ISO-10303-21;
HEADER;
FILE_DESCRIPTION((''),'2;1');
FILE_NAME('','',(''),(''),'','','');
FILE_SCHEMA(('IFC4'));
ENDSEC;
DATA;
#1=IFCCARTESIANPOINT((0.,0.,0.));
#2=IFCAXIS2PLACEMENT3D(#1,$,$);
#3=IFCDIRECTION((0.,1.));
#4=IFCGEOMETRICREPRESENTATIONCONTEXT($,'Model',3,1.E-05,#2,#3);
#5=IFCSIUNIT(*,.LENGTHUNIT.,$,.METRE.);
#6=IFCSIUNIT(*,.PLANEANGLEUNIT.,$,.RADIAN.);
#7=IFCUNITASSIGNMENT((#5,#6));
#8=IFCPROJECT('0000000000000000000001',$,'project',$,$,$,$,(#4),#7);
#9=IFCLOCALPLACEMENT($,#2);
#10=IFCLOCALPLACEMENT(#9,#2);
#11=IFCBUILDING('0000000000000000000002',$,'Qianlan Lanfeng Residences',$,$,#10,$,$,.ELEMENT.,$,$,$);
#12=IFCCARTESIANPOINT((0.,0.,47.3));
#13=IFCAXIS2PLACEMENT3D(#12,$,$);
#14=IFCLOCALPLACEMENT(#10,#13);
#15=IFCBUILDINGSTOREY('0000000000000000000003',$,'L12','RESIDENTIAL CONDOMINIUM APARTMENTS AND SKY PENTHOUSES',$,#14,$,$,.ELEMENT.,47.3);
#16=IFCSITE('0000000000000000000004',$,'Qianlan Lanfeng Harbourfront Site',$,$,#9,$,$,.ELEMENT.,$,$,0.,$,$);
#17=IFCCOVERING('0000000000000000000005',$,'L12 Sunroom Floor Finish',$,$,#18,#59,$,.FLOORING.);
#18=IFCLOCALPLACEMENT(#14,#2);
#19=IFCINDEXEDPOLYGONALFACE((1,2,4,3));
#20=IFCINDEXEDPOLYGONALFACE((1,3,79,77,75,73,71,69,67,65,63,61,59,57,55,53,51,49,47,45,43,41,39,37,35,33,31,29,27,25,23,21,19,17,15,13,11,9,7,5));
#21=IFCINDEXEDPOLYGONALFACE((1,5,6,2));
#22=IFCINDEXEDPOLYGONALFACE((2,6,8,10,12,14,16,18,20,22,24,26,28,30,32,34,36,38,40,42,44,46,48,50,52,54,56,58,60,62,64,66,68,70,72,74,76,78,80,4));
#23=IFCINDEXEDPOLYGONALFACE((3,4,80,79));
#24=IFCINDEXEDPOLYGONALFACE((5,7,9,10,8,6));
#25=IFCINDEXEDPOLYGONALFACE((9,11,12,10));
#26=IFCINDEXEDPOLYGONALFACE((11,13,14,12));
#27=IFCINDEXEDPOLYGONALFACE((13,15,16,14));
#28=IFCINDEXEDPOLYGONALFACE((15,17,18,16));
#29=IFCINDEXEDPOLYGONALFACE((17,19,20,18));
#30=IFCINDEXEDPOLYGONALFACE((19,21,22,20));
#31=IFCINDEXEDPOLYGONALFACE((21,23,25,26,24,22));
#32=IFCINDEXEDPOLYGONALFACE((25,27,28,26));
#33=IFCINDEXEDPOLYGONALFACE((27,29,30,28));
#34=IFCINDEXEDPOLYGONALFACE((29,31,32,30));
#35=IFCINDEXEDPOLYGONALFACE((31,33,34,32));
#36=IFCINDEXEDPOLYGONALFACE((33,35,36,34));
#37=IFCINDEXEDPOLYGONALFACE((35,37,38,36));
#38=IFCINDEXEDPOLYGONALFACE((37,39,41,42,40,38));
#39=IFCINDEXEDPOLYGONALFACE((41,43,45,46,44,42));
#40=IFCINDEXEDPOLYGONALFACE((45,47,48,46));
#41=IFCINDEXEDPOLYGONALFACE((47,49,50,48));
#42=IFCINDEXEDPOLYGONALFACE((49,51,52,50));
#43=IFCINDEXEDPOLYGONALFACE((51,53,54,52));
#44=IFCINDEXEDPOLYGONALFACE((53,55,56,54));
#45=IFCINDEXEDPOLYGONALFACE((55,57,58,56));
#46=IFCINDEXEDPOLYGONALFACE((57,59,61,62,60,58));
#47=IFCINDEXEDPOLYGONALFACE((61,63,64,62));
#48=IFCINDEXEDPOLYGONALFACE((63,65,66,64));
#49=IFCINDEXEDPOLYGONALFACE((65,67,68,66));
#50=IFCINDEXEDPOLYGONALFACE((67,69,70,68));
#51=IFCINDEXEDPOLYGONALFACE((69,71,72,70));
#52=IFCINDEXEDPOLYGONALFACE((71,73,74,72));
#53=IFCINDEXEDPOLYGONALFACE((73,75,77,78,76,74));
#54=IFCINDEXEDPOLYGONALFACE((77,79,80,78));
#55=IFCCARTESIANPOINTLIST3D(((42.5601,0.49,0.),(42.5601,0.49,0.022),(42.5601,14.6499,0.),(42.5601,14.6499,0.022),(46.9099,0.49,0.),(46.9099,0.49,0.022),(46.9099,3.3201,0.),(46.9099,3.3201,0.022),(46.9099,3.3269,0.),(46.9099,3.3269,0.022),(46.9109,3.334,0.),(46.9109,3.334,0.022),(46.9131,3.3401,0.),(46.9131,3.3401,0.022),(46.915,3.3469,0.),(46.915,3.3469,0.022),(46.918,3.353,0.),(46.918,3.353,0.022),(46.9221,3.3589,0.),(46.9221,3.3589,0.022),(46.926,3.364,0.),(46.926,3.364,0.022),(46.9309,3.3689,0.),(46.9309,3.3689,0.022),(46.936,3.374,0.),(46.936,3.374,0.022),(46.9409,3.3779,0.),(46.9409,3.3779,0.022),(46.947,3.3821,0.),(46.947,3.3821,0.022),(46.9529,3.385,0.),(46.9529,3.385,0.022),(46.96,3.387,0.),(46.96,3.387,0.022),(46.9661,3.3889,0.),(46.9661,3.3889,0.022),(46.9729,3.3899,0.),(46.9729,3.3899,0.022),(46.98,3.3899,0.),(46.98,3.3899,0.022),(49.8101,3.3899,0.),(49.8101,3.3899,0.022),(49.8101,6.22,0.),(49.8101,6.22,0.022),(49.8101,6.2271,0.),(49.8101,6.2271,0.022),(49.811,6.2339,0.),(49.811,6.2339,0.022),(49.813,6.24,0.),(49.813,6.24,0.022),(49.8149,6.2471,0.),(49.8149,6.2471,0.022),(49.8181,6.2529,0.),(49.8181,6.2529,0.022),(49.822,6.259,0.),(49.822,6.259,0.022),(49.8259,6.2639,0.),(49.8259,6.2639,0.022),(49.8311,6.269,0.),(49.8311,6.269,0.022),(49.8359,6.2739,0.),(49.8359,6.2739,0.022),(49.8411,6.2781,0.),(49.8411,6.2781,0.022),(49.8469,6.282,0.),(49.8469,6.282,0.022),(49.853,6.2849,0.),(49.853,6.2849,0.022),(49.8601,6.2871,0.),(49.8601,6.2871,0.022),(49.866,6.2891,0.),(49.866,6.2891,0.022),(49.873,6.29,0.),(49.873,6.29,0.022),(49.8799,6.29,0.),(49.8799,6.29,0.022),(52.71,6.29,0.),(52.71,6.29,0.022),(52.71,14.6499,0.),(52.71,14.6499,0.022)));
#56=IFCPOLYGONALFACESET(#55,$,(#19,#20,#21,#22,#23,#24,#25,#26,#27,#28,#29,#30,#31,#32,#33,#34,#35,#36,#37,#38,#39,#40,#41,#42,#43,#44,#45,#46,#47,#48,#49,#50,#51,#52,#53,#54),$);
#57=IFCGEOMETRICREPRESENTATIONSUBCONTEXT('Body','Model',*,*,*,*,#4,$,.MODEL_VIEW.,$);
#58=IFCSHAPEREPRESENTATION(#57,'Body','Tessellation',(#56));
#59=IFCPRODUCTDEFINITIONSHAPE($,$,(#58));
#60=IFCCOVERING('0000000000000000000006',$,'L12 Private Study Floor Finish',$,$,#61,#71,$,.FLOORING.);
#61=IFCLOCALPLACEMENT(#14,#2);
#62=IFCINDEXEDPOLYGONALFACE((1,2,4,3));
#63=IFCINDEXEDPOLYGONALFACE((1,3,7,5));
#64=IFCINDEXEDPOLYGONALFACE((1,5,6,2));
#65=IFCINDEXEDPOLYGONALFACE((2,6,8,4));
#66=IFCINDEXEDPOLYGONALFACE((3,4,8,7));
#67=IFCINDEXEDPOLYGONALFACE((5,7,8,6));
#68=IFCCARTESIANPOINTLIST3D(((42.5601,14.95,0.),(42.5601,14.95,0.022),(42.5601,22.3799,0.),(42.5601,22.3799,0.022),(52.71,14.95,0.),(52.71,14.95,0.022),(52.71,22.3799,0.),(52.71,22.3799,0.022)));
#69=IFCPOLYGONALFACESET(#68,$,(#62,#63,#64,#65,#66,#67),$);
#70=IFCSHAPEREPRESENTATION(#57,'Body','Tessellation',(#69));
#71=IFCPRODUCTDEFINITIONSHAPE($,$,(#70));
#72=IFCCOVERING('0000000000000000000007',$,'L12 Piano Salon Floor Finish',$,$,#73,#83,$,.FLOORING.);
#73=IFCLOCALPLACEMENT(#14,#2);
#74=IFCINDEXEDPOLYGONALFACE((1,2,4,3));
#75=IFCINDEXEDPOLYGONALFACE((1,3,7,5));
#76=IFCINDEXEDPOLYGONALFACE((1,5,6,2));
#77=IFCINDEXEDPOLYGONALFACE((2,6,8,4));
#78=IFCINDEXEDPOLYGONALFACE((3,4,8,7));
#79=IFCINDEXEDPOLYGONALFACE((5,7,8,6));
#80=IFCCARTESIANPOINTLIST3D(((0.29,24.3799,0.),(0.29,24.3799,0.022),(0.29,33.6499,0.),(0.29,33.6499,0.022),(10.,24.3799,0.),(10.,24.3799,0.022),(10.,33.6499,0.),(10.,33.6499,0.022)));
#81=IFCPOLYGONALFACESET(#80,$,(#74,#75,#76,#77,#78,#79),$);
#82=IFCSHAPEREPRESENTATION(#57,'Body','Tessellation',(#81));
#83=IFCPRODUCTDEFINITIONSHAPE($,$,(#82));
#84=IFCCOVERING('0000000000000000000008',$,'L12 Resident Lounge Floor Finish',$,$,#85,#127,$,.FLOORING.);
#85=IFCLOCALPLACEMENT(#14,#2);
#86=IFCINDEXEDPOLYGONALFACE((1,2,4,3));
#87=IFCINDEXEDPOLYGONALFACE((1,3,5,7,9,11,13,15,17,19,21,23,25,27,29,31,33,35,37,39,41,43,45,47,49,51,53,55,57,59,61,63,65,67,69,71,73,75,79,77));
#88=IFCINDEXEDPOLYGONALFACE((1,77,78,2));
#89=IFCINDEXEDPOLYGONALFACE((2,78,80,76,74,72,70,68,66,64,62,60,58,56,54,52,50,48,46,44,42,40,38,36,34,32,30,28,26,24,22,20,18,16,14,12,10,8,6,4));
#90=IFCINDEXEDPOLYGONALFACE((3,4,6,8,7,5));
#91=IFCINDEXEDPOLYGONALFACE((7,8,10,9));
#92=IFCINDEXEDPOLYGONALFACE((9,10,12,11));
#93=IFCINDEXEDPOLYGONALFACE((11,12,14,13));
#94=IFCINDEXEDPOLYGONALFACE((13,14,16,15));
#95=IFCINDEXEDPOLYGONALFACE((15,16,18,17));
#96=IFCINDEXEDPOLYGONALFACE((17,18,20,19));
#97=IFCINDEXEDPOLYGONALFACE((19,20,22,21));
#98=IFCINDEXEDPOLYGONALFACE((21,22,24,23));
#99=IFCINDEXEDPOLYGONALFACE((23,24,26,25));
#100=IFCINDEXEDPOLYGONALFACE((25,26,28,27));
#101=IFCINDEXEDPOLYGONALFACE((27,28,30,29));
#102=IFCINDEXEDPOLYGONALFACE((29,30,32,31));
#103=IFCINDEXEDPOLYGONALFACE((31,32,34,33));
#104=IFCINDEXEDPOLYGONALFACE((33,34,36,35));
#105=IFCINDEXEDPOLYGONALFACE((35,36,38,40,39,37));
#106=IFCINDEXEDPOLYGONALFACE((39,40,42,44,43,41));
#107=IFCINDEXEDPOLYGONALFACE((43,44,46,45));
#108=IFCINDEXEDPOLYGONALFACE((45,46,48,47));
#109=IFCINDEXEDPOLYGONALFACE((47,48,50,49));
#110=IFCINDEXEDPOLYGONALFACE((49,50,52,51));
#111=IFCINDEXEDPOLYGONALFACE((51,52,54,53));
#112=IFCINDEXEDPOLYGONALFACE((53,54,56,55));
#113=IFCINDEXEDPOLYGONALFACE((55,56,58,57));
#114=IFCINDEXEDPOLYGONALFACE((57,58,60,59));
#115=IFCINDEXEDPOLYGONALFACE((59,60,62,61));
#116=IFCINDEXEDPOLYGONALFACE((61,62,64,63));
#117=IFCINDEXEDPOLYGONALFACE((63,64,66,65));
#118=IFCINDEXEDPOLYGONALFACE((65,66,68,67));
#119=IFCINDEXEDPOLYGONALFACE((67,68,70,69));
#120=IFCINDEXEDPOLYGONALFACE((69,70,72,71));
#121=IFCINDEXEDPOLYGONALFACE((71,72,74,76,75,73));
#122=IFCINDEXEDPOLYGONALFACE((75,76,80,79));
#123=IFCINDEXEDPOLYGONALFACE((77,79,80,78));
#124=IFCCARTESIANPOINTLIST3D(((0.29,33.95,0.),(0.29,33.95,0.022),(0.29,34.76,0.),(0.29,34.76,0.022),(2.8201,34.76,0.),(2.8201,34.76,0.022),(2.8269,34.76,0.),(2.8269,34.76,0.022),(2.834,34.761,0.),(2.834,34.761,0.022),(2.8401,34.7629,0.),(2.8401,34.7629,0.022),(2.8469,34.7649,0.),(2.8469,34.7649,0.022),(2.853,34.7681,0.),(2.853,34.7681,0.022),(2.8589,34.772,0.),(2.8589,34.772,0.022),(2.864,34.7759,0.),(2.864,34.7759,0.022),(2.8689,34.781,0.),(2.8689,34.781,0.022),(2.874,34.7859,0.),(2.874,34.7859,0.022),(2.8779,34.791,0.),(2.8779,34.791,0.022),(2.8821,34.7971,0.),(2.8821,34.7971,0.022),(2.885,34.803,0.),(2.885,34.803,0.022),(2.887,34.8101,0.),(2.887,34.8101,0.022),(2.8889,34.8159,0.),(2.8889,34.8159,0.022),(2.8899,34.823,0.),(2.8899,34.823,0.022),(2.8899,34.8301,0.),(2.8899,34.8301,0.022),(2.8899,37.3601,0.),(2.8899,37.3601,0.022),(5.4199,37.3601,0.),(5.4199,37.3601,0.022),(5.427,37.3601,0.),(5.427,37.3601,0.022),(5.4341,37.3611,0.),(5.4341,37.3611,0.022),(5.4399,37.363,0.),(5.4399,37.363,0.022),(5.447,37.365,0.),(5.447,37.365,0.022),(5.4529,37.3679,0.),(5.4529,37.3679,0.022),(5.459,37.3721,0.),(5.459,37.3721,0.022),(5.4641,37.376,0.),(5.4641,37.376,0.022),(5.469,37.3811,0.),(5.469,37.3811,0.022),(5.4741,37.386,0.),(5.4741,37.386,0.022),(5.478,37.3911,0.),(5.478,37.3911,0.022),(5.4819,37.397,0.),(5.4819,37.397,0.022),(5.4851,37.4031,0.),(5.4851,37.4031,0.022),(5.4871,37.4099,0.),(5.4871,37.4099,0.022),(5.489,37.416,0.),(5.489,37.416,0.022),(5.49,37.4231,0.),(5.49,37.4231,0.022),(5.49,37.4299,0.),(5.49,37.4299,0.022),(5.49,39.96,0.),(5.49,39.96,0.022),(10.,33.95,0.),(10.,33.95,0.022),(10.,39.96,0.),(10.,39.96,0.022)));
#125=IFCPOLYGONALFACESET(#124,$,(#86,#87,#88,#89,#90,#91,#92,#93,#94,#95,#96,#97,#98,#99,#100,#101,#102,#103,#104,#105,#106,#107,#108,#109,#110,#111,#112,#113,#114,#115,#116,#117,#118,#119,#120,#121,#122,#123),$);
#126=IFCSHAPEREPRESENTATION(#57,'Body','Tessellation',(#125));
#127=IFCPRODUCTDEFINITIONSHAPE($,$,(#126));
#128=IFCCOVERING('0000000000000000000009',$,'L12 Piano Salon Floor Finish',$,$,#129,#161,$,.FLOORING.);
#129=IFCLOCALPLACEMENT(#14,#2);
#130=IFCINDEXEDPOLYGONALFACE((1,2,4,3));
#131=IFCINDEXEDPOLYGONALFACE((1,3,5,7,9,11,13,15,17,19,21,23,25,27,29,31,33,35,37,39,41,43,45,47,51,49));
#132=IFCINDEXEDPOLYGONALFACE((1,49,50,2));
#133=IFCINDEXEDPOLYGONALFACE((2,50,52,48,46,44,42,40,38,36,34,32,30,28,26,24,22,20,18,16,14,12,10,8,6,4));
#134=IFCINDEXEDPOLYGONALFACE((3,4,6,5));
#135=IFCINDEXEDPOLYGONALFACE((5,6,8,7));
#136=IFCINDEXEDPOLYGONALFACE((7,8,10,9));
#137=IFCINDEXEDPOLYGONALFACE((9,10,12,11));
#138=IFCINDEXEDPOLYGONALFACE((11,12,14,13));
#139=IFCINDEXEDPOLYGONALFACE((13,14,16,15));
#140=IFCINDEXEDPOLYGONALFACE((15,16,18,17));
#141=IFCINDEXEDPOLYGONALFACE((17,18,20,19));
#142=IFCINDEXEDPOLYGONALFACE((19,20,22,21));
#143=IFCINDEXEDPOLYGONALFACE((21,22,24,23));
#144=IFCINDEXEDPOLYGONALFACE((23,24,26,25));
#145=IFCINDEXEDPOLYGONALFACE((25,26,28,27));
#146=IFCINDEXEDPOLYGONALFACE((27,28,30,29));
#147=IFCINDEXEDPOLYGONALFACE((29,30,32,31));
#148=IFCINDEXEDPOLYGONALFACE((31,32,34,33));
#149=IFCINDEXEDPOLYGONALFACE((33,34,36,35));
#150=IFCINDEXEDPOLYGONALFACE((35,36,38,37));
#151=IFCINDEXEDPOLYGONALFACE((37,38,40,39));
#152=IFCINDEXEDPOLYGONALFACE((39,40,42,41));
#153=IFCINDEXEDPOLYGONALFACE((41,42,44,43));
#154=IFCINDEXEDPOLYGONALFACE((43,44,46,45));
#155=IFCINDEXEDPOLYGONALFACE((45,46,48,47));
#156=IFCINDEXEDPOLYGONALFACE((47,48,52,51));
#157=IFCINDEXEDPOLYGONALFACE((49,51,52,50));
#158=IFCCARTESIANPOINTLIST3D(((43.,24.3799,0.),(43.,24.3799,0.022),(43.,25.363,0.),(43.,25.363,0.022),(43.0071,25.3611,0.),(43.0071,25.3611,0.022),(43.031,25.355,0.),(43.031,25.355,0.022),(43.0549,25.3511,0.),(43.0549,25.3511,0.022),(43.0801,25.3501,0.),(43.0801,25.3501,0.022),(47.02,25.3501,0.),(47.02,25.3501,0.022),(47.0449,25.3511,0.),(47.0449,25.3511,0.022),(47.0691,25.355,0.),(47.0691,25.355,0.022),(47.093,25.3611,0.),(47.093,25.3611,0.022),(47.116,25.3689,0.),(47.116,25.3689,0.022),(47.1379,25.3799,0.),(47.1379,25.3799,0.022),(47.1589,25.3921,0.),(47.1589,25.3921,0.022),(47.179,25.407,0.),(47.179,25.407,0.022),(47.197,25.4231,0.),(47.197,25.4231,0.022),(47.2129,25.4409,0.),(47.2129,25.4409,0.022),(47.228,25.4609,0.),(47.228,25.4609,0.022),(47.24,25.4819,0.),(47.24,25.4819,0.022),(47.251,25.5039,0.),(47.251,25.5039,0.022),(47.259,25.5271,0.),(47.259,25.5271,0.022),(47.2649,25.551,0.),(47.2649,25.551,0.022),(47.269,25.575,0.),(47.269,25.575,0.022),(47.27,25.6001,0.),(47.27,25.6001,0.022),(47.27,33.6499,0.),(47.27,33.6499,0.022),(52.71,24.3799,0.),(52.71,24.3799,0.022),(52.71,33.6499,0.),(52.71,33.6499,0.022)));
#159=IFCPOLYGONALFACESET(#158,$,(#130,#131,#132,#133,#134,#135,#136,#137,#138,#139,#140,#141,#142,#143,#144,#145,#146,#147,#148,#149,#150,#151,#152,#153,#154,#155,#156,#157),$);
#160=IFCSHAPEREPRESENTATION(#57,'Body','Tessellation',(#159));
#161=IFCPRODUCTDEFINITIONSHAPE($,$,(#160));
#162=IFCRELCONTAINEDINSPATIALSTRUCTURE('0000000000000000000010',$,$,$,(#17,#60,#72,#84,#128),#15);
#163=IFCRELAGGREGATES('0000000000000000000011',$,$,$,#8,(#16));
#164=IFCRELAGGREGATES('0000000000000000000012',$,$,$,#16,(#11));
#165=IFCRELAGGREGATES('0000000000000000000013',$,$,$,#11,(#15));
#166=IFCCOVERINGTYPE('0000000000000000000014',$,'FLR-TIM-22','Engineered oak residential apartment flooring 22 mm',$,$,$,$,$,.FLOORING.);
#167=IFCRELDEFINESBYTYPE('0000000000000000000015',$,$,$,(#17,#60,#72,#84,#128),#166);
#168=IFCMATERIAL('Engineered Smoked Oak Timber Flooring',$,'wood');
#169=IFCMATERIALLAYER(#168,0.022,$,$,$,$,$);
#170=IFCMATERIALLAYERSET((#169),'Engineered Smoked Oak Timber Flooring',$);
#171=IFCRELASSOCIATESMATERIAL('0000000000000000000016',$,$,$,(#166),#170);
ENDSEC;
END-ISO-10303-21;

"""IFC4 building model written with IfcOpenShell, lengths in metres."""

from ifc_helpers import new_model, si_unit, direction, frame, origin, place, context, subcontext, project, spatial, polyline, outline, extrude, material, layer, layer_set, type_object, element, save


model = new_model("IFC4")

# Units and contexts
model_context = context("Model", 3, precision=1e-05, world=origin(), true_north=direction((0.0, 1.0)))
body_context = subcontext(model_context, "Body", "Model", "MODEL_VIEW")
ifc_project = project(units=[si_unit("LENGTHUNIT", "METRE"), si_unit("PLANEANGLEUNIT", "RADIAN")], contexts=[model_context])

# Site, building, storey
site_placement = place(None, origin())
site = spatial("IfcSite", under=ifc_project, at=site_placement, Name="Qianlan Lanfeng Harbourfront Site", CompositionType="ELEMENT", RefElevation=0.0)
building_placement = place(site_placement, origin())
building = spatial("IfcBuilding", under=site, at=building_placement, Name="Qianlan Lanfeng Residences", CompositionType="ELEMENT")
storey_placement = place(building_placement, frame((0.0, 0.0, 47.3)))
storey = spatial("IfcBuildingStorey", under=building, at=storey_placement, Name="L12", Description="RESIDENTIAL CONDOMINIUM APARTMENTS AND SKY PENTHOUSES", CompositionType="ELEMENT", Elevation=47.3)

# Coverings
ifc_material_1 = material(Name="Engineered Smoked Oak Timber Flooring", Category="wood")
ifc_layer_1 = layer(ifc_material_1, 0.022)
ifc_layer_set_1 = layer_set([ifc_layer_1], Name="Engineered Smoked Oak Timber Flooring")
covering_type_1 = type_object("IfcCoveringType", Name="FLR-TIM-22", Description="Engineered oak residential apartment flooring 22 mm", PredefinedType="FLOORING", material=ifc_layer_set_1)
covering_1_placement = place(storey_placement, origin())
element("IfcCovering", 1, at=covering_1_placement, inside=storey, type_object=covering_type_1, Name="L12 Sunroom Floor Finish", PredefinedType="FLOORING", context=body_context, shape_type="SweptSolid", body=[
    extrude(outline(polyline([(52.71, 14.6499), (42.5601, 14.6499), (42.5601, 0.49), (46.9099, 0.49), (46.9099, 3.3201), (46.9099, 3.3269), (46.9109, 3.334), (46.9131, 3.3401), (46.915, 3.3469), (46.918, 3.353), (46.9221, 3.3589), (46.926, 3.364), (46.9309, 3.3689), (46.936, 3.374), (46.9409, 3.3779), (46.947, 3.3821), (46.9529, 3.385), (46.96, 3.387), (46.9661, 3.3889), (46.9729, 3.3899), (46.98, 3.3899), (49.8101, 3.3899), (49.8101, 6.22), (49.8101, 6.2271), (49.811, 6.2339), (49.813, 6.24), (49.8149, 6.2471), (49.8181, 6.2529), (49.822, 6.259), (49.8259, 6.2639), (49.8311, 6.269), (49.8359, 6.2739), (49.8411, 6.2781), (49.8469, 6.282), (49.853, 6.2849), (49.8601, 6.2871), (49.866, 6.2891), (49.873, 6.29), (49.8799, 6.29), (52.71, 6.29), (52.71, 14.6499)])), origin(), (0.0, 0.0, 1.0), 0.022),
])
covering_2_placement = place(storey_placement, origin())
element("IfcCovering", 2, at=covering_2_placement, inside=storey, type_object=covering_type_1, Name="L12 Private Study Floor Finish", PredefinedType="FLOORING", context=body_context, shape_type="SweptSolid", body=[
    extrude(outline(polyline([(52.71, 22.3799), (42.5601, 22.3799), (42.5601, 14.95), (52.71, 14.95), (52.71, 22.3799)])), origin(), (0.0, 0.0, 1.0), 0.022),
])
covering_3_placement = place(storey_placement, origin())
element("IfcCovering", 3, at=covering_3_placement, inside=storey, type_object=covering_type_1, Name="L12 Piano Salon Floor Finish", PredefinedType="FLOORING", context=body_context, shape_type="SweptSolid", body=[
    extrude(outline(polyline([(10.0, 33.6499), (0.29, 33.6499), (0.29, 24.3799), (10.0, 24.3799), (10.0, 33.6499)])), origin(), (0.0, 0.0, 1.0), 0.022),
])
covering_4_placement = place(storey_placement, origin())
element("IfcCovering", 4, at=covering_4_placement, inside=storey, type_object=covering_type_1, Name="L12 Resident Lounge Floor Finish", PredefinedType="FLOORING", context=body_context, shape_type="SweptSolid", body=[
    extrude(outline(polyline([(0.29, 33.95), (10.0, 33.95), (10.0, 39.96), (5.49, 39.96), (5.49, 37.4299), (5.49, 37.4231), (5.489, 37.416), (5.4871, 37.4099), (5.4851, 37.4031), (5.4819, 37.397), (5.478, 37.3911), (5.4741, 37.386), (5.469, 37.3811), (5.4641, 37.376), (5.459, 37.3721), (5.4529, 37.3679), (5.447, 37.365), (5.4399, 37.363), (5.4341, 37.3611), (5.427, 37.3601), (5.4199, 37.3601), (2.8899, 37.3601), (2.8899, 34.8301), (2.8899, 34.823), (2.8889, 34.8159), (2.887, 34.8101), (2.885, 34.803), (2.8821, 34.7971), (2.8779, 34.791), (2.874, 34.7859), (2.8689, 34.781), (2.864, 34.7759), (2.8589, 34.772), (2.853, 34.7681), (2.8469, 34.7649), (2.8401, 34.7629), (2.834, 34.761), (2.8269, 34.76), (2.8201, 34.76), (0.29, 34.76), (0.29, 33.95)])), origin(), (0.0, 0.0, 1.0), 0.022),
])
covering_5_placement = place(storey_placement, origin())
element("IfcCovering", 5, at=covering_5_placement, inside=storey, type_object=covering_type_1, Name="L12 Piano Salon Floor Finish", PredefinedType="FLOORING", context=body_context, shape_type="SweptSolid", body=[
    extrude(outline(polyline([(52.71, 33.6499), (47.27, 33.6499), (47.27, 25.6001), (47.269, 25.575), (47.2649, 25.551), (47.259, 25.5271), (47.251, 25.5039), (47.24, 25.4819), (47.228, 25.4609), (47.2129, 25.4409), (47.197, 25.4231), (47.179, 25.407), (47.1589, 25.3921), (47.1379, 25.3799), (47.116, 25.3689), (47.093, 25.3611), (47.0691, 25.355), (47.0449, 25.3511), (47.02, 25.3501), (43.0801, 25.3501), (43.0549, 25.3511), (43.031, 25.355), (43.0071, 25.3611), (43.0, 25.363), (43.0, 24.3799), (52.71, 24.3799), (52.71, 33.6499)])), origin(), (0.0, 0.0, 1.0), 0.022),
])

save(model, "model.ifc")
